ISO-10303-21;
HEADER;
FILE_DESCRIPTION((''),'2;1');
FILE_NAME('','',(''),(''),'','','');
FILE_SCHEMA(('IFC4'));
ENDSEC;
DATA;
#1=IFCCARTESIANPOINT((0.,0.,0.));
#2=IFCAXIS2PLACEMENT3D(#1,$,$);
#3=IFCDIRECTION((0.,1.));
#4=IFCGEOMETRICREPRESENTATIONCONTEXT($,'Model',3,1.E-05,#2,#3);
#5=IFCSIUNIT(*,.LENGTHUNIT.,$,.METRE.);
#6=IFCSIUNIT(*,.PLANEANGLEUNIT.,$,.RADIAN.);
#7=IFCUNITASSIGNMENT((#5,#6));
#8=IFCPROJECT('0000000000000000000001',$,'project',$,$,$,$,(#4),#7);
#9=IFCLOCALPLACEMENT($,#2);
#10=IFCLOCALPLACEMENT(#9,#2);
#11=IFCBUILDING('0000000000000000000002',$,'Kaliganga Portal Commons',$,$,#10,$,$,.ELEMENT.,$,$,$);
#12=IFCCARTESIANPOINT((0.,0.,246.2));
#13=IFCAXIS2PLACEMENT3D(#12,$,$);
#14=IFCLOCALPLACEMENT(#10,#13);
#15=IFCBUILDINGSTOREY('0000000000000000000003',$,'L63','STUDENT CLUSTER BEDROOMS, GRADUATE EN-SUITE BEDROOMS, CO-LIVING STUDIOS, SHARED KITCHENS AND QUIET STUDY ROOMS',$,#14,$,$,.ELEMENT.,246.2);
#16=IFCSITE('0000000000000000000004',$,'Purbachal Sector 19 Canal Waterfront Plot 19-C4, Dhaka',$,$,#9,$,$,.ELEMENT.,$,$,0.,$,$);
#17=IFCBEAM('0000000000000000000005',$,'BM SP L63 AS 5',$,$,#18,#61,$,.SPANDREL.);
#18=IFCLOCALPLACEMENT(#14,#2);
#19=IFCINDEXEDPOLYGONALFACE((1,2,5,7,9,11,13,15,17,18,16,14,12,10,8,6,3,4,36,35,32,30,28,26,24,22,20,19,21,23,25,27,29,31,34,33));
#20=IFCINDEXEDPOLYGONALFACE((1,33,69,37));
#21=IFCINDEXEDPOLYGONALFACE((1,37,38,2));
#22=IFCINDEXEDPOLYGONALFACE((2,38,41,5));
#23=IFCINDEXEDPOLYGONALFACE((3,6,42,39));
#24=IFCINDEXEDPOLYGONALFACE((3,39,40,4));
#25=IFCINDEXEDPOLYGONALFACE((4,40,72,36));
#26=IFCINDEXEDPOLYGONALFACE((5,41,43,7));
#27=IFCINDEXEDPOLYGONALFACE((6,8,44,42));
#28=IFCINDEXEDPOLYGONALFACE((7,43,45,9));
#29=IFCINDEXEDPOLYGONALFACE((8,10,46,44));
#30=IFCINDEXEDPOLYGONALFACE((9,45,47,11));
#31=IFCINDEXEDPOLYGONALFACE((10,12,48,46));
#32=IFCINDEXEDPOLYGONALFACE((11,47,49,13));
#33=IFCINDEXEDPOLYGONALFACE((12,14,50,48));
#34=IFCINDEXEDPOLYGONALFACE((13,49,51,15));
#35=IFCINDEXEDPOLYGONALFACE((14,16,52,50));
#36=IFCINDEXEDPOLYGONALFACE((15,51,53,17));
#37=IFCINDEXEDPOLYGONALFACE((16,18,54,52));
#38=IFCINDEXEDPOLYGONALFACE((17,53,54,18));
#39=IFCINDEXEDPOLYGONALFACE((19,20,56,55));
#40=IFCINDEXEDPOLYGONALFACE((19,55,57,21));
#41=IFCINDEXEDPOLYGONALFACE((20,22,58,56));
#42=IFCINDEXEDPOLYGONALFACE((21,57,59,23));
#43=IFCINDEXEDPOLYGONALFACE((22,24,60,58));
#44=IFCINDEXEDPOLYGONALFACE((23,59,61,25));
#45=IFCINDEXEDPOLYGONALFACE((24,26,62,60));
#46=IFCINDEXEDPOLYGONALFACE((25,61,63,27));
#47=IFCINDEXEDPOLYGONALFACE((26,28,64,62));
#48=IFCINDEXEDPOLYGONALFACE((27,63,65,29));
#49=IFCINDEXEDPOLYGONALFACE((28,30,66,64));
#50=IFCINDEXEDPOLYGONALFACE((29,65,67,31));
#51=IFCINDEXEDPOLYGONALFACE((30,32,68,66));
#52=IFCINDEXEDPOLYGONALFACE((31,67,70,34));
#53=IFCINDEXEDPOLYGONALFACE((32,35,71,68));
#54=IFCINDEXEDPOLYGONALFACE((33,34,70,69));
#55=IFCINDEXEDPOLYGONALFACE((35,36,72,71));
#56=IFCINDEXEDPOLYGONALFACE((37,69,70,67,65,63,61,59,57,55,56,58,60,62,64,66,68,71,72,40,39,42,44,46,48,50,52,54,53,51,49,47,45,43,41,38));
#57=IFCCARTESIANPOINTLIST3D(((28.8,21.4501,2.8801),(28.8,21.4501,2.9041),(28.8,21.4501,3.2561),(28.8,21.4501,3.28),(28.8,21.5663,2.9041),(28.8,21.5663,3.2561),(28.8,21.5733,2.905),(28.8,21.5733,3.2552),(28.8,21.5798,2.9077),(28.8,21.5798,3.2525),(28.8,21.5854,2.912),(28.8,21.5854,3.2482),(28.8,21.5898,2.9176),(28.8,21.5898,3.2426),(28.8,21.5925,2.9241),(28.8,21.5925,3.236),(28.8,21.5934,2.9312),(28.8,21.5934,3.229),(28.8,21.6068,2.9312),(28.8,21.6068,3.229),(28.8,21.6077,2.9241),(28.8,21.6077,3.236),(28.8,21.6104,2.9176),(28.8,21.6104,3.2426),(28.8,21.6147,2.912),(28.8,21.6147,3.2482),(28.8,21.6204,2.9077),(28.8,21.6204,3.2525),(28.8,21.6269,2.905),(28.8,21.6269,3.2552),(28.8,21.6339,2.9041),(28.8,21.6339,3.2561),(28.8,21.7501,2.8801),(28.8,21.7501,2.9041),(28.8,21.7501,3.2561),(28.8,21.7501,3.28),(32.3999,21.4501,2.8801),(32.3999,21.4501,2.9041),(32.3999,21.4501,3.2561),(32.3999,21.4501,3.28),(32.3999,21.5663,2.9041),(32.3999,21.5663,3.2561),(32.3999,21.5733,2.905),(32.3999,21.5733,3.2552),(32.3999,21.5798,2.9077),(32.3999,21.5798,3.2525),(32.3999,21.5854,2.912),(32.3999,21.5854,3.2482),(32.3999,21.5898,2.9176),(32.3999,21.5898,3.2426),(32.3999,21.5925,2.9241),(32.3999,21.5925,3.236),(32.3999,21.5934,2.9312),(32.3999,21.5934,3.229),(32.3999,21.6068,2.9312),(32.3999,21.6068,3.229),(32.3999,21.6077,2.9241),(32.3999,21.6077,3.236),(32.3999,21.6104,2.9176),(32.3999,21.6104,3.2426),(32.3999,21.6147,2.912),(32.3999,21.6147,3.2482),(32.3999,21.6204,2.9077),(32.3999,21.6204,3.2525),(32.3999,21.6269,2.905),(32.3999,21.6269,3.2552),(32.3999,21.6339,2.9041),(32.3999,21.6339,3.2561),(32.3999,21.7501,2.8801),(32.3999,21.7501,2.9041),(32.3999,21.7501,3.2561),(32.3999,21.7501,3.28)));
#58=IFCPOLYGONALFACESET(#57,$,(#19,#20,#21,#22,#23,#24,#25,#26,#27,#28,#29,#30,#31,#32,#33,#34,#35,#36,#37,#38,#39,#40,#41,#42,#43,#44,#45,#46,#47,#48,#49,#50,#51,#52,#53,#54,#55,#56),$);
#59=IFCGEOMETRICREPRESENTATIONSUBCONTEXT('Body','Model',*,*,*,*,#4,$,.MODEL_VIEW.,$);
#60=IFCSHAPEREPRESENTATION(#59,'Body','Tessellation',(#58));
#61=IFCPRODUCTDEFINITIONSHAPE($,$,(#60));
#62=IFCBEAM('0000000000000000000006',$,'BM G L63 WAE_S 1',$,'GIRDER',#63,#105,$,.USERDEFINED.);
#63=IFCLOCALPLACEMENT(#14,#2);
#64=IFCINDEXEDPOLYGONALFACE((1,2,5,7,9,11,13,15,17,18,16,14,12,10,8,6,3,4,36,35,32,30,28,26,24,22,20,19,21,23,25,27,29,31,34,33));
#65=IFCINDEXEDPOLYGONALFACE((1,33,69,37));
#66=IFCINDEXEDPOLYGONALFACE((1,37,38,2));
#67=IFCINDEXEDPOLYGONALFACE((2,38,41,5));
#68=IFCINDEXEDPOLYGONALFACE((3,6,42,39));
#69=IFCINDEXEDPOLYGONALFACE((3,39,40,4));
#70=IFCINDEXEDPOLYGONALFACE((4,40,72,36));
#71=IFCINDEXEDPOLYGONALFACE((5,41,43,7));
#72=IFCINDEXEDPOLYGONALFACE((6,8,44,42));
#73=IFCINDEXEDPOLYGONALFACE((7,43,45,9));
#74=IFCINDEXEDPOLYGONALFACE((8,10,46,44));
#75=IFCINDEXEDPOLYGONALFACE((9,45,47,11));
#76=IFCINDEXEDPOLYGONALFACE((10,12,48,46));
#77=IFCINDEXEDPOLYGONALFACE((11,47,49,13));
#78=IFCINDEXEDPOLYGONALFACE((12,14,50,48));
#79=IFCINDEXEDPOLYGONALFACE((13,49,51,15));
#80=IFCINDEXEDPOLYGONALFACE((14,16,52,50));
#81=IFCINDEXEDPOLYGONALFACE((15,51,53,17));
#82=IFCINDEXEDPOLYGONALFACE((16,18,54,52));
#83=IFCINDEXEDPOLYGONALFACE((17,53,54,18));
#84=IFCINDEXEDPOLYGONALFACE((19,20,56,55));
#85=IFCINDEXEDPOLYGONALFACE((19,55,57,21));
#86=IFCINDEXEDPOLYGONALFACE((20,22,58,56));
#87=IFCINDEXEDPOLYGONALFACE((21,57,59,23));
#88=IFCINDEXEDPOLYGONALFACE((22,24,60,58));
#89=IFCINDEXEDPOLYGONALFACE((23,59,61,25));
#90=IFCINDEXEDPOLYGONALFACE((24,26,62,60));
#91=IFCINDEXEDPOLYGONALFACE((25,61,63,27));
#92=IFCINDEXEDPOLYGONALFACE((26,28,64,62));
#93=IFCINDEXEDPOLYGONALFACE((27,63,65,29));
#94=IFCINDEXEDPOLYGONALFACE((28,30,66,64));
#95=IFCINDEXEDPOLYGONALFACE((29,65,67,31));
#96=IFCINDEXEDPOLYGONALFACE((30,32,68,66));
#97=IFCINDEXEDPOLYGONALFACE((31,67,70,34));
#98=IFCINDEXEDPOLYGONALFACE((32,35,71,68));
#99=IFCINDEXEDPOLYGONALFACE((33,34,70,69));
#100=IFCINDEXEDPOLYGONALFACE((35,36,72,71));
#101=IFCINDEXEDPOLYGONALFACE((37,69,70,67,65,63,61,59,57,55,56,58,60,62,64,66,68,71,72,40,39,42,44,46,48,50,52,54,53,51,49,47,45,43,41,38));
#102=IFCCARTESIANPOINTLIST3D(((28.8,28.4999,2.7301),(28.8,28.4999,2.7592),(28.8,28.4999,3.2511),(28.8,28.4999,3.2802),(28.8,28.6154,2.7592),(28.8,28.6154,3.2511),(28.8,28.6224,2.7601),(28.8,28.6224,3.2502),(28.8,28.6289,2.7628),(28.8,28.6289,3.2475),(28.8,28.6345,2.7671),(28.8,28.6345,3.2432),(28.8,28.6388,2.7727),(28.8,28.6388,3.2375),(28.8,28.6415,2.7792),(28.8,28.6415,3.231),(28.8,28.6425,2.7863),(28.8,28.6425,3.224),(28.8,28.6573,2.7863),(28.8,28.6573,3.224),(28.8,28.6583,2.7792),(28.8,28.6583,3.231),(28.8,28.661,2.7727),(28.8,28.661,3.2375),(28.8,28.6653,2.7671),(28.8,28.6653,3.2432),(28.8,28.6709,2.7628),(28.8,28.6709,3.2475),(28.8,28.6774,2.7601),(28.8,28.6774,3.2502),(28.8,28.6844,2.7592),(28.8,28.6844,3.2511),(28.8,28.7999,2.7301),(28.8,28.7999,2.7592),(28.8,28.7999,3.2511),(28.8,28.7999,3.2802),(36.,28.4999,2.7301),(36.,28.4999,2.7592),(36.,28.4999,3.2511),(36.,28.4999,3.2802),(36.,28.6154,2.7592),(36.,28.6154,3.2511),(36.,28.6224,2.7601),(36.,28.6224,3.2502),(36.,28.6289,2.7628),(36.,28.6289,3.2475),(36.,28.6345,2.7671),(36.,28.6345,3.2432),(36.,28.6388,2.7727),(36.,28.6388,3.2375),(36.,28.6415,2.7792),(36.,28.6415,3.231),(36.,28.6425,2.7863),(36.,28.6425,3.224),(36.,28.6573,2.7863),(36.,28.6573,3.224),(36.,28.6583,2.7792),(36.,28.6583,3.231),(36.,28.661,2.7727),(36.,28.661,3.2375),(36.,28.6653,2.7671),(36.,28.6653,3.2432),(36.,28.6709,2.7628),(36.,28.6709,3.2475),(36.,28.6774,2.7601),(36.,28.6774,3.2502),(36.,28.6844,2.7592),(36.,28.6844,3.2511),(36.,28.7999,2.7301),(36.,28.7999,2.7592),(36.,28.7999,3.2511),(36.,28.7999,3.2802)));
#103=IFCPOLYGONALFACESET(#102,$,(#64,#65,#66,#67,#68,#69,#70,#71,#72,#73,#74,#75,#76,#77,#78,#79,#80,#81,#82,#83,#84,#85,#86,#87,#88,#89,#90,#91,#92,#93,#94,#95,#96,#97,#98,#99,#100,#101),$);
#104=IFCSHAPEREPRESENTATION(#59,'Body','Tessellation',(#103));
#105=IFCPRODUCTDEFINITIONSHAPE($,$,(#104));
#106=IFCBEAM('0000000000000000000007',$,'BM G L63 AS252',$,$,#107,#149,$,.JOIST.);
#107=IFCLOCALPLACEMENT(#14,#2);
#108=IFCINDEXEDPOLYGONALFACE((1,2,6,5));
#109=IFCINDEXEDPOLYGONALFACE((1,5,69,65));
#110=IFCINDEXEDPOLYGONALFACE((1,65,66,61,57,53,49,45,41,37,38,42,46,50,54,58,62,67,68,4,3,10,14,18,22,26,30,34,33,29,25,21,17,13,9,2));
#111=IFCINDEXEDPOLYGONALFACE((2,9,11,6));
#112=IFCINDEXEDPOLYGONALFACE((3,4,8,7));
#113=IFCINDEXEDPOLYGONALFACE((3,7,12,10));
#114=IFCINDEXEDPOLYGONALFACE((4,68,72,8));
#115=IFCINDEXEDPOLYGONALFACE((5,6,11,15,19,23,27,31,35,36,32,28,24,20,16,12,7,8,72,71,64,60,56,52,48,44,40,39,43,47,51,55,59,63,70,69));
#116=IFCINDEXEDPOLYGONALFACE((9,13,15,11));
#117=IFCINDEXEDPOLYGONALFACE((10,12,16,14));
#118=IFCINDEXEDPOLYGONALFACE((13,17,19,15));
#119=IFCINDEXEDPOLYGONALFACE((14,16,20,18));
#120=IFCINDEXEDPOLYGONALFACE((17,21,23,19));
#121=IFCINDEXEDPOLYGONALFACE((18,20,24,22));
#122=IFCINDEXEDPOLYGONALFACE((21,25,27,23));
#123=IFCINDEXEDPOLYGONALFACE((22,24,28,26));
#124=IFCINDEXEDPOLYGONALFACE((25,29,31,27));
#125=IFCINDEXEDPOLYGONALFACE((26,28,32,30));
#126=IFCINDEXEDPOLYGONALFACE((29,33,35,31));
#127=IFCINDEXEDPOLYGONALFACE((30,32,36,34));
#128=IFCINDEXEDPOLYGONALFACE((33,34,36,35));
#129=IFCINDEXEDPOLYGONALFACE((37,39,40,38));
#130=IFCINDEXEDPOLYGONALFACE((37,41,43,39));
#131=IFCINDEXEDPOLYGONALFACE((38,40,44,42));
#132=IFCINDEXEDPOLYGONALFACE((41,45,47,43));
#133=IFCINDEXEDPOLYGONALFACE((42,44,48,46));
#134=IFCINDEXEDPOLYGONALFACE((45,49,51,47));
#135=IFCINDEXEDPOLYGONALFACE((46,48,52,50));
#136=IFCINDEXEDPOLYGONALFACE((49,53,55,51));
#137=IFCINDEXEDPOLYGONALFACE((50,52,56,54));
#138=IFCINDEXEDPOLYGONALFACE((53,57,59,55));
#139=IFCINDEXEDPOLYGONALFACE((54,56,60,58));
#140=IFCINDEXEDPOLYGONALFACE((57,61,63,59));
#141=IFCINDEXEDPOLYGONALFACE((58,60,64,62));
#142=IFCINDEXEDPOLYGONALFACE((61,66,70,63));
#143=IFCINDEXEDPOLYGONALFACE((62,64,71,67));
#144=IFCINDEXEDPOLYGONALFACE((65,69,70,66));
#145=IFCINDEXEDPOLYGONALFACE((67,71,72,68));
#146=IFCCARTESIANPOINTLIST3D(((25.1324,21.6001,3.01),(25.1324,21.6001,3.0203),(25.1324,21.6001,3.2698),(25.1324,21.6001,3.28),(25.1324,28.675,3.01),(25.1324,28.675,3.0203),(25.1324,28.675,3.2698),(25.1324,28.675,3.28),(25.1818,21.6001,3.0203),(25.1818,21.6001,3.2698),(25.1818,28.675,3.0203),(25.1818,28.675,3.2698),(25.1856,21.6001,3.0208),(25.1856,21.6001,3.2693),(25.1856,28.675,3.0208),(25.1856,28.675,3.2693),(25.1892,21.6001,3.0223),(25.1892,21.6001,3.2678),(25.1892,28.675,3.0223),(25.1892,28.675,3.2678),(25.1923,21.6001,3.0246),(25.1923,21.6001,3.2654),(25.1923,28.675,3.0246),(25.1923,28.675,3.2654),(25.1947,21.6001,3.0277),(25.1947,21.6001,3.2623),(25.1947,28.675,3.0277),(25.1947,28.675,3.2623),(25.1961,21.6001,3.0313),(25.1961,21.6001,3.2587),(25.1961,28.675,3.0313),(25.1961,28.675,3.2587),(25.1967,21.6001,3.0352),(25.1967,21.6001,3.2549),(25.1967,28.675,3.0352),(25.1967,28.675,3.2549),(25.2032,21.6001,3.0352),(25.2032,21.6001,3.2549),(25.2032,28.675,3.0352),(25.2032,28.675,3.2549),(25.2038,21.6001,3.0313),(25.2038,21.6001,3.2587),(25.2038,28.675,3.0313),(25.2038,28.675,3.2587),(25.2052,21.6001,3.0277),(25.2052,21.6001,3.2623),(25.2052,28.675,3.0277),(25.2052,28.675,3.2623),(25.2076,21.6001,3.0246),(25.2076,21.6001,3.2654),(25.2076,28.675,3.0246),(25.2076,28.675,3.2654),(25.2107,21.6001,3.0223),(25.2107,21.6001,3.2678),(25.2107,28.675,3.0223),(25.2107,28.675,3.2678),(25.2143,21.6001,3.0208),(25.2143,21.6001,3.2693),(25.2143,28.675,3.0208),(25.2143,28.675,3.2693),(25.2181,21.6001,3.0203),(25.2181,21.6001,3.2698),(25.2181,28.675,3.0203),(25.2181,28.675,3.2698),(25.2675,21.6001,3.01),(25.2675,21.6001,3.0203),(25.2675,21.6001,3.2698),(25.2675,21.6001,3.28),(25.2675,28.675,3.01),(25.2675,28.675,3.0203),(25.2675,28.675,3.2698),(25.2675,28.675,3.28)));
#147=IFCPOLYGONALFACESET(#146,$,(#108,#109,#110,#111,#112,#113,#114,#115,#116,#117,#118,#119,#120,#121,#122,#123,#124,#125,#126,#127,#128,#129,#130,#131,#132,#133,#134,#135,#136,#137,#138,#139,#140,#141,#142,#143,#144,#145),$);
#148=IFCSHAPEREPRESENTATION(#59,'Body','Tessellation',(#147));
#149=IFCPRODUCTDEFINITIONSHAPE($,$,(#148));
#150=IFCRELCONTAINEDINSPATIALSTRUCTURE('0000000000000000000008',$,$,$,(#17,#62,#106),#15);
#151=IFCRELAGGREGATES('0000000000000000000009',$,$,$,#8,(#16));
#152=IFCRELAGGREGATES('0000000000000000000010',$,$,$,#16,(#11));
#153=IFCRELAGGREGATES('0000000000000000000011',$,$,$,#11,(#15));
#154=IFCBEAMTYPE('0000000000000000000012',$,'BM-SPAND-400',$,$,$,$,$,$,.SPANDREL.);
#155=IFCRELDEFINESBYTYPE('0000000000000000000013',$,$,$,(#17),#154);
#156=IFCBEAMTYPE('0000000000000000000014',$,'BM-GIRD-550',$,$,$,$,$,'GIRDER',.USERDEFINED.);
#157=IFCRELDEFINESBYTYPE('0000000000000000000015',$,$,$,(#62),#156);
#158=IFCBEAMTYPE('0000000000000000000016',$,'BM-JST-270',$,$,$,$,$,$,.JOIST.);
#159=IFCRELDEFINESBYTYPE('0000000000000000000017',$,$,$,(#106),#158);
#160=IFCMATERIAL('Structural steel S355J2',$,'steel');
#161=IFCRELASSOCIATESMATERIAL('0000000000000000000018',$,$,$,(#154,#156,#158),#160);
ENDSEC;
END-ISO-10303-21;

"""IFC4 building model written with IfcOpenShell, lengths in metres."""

from ifc_helpers import new_model, si_unit, direction, frame, origin, origin_2d, place, context, subcontext, project, spatial, i_section, extrude, source, transform, mapped, material, material_profile, profile_set, type_object, element, save


model = new_model("IFC4")

# Units and contexts
model_context = context("Model", 3, precision=1e-05, world=origin(), true_north=direction((0.0, 1.0)))
body_context = subcontext(model_context, "Body", "Model", "MODEL_VIEW")
ifc_project = project(units=[si_unit("LENGTHUNIT", "METRE"), si_unit("PLANEANGLEUNIT", "RADIAN")], contexts=[model_context])

# Site, building, storey
site_placement = place(None, origin())
site = spatial("IfcSite", under=ifc_project, at=site_placement, Name="Purbachal Sector 19 Canal Waterfront Plot 19-C4, Dhaka", CompositionType="ELEMENT", RefElevation=0.0)
building_placement = place(site_placement, origin())
building = spatial("IfcBuilding", under=site, at=building_placement, Name="Kaliganga Portal Commons", CompositionType="ELEMENT")
storey_placement = place(building_placement, frame((0.0, 0.0, 246.2)))
storey = spatial("IfcBuildingStorey", under=building, at=storey_placement, Name="L63", Description="STUDENT CLUSTER BEDROOMS, GRADUATE EN-SUITE BEDROOMS, CO-LIVING STUDIOS, SHARED KITCHENS AND QUIET STUDY ROOMS", CompositionType="ELEMENT", Elevation=246.2)

# Shared definitions
ifc_material_1 = material(Name="Structural steel S355J2", Category="steel")

# Beams
ifc_material_profile_1 = material_profile(ifc_material_1, i_section(OverallWidth=0.3, OverallDepth=0.3999, WebThickness=0.0134, FlangeThickness=0.0239, FilletRadius=0.0271, at=origin_2d()), Name="HE 400 B")
ifc_profile_set_1 = profile_set([ifc_material_profile_1], Name="Structural steel S355J2 wide-flange")
beam_type_1 = type_object("IfcBeamType", Name="BM-SPAND-400", PredefinedType="SPANDREL", material=ifc_profile_set_1)
shared_shape_1 = source(origin(), body_context, "Body", "SweptSolid", [
    extrude(i_section(OverallWidth=0.3, OverallDepth=0.3999, WebThickness=0.0134, FlangeThickness=0.0239, FilletRadius=0.0271, at=origin_2d()), origin(), (0.0, 0.0, 1.0), 3.5999),
])
for number, where, z_axis, x_axis, name in (
    (1, (28.8, 21.6001, 3.0801), (1.0, 0.0, 0.0), (0.0, 1.0, 0.0), "BM SP L63 AS 5"),
):
    element("IfcBeam", number, at=place(storey_placement, frame(where, z_axis=z_axis, x_axis=x_axis)), inside=storey, type_object=beam_type_1, Name=name, PredefinedType="SPANDREL", context=body_context, shape_type="MappedRepresentation", body=[
        mapped(shared_shape_1, transform((0.0, 0.0, 0.0), x_axis=(1.0, 0.0, 0.0), y_axis=(0.0, 1.0, 0.0), z_axis=(0.0, 0.0, 1.0), scale=1.0)),
    ])
ifc_material_profile_2 = material_profile(ifc_material_1, i_section(OverallWidth=0.3, OverallDepth=0.55, WebThickness=0.0149, FlangeThickness=0.0291, FilletRadius=0.0271, at=origin_2d()), Name="HE 550 B")
ifc_profile_set_2 = profile_set([ifc_material_profile_2], Name="Structural steel S355J2 wide-flange")
beam_type_2 = type_object("IfcBeamType", Name="BM-GIRD-550", ElementType="GIRDER", PredefinedType="USERDEFINED", material=ifc_profile_set_2)
shared_shape_2 = source(origin(), body_context, "Body", "SweptSolid", [
    extrude(i_section(OverallWidth=0.3, OverallDepth=0.55, WebThickness=0.0149, FlangeThickness=0.0291, FilletRadius=0.0271, at=origin_2d()), origin(), (0.0, 0.0, 1.0), 7.2),
])
beam_1_placement = place(storey_placement, frame((28.8, 28.6499, 3.0051), z_axis=(1.0, 0.0, 0.0), x_axis=(0.0, 1.0, 0.0)))
element("IfcBeam", 2, at=beam_1_placement, inside=storey, type_object=beam_type_2, Name="BM G L63 WAE_S 1", ObjectType="GIRDER", PredefinedType="USERDEFINED", context=body_context, shape_type="MappedRepresentation", body=[
    mapped(shared_shape_2, transform((0.0, 0.0, 0.0), x_axis=(1.0, 0.0, 0.0), y_axis=(0.0, 1.0, 0.0), z_axis=(0.0, 0.0, 1.0), scale=1.0)),
])
ifc_material_profile_3 = material_profile(ifc_material_1, i_section(OverallWidth=0.135, OverallDepth=0.27, WebThickness=0.0066, FlangeThickness=0.0103, FilletRadius=0.0149, at=origin_2d()), Name="IPE 270")
ifc_profile_set_3 = profile_set([ifc_material_profile_3], Name="Structural steel S355J2 wide-flange")
beam_type_3 = type_object("IfcBeamType", Name="BM-JST-270", PredefinedType="JOIST", material=ifc_profile_set_3)
shared_shape_3 = source(origin(), body_context, "Body", "SweptSolid", [
    extrude(i_section(OverallWidth=0.135, OverallDepth=0.27, WebThickness=0.0066, FlangeThickness=0.0103, FilletRadius=0.0149, at=origin_2d()), origin(), (0.0, 0.0, 1.0), 7.075),
])
beam_2_placement = place(storey_placement, frame((25.2, 21.6001, 3.145), z_axis=(0.0, 1.0, 0.0), x_axis=(-1.0, 0.0, 0.0)))
element("IfcBeam", 3, at=beam_2_placement, inside=storey, type_object=beam_type_3, Name="BM G L63 AS252", PredefinedType="JOIST", context=body_context, shape_type="MappedRepresentation", body=[
    mapped(shared_shape_3, transform((0.0, 0.0, 0.0), x_axis=(1.0, 0.0, 0.0), y_axis=(0.0, 1.0, 0.0), z_axis=(0.0, 0.0, 1.0), scale=1.0)),
])

save(model, "model.ifc")
